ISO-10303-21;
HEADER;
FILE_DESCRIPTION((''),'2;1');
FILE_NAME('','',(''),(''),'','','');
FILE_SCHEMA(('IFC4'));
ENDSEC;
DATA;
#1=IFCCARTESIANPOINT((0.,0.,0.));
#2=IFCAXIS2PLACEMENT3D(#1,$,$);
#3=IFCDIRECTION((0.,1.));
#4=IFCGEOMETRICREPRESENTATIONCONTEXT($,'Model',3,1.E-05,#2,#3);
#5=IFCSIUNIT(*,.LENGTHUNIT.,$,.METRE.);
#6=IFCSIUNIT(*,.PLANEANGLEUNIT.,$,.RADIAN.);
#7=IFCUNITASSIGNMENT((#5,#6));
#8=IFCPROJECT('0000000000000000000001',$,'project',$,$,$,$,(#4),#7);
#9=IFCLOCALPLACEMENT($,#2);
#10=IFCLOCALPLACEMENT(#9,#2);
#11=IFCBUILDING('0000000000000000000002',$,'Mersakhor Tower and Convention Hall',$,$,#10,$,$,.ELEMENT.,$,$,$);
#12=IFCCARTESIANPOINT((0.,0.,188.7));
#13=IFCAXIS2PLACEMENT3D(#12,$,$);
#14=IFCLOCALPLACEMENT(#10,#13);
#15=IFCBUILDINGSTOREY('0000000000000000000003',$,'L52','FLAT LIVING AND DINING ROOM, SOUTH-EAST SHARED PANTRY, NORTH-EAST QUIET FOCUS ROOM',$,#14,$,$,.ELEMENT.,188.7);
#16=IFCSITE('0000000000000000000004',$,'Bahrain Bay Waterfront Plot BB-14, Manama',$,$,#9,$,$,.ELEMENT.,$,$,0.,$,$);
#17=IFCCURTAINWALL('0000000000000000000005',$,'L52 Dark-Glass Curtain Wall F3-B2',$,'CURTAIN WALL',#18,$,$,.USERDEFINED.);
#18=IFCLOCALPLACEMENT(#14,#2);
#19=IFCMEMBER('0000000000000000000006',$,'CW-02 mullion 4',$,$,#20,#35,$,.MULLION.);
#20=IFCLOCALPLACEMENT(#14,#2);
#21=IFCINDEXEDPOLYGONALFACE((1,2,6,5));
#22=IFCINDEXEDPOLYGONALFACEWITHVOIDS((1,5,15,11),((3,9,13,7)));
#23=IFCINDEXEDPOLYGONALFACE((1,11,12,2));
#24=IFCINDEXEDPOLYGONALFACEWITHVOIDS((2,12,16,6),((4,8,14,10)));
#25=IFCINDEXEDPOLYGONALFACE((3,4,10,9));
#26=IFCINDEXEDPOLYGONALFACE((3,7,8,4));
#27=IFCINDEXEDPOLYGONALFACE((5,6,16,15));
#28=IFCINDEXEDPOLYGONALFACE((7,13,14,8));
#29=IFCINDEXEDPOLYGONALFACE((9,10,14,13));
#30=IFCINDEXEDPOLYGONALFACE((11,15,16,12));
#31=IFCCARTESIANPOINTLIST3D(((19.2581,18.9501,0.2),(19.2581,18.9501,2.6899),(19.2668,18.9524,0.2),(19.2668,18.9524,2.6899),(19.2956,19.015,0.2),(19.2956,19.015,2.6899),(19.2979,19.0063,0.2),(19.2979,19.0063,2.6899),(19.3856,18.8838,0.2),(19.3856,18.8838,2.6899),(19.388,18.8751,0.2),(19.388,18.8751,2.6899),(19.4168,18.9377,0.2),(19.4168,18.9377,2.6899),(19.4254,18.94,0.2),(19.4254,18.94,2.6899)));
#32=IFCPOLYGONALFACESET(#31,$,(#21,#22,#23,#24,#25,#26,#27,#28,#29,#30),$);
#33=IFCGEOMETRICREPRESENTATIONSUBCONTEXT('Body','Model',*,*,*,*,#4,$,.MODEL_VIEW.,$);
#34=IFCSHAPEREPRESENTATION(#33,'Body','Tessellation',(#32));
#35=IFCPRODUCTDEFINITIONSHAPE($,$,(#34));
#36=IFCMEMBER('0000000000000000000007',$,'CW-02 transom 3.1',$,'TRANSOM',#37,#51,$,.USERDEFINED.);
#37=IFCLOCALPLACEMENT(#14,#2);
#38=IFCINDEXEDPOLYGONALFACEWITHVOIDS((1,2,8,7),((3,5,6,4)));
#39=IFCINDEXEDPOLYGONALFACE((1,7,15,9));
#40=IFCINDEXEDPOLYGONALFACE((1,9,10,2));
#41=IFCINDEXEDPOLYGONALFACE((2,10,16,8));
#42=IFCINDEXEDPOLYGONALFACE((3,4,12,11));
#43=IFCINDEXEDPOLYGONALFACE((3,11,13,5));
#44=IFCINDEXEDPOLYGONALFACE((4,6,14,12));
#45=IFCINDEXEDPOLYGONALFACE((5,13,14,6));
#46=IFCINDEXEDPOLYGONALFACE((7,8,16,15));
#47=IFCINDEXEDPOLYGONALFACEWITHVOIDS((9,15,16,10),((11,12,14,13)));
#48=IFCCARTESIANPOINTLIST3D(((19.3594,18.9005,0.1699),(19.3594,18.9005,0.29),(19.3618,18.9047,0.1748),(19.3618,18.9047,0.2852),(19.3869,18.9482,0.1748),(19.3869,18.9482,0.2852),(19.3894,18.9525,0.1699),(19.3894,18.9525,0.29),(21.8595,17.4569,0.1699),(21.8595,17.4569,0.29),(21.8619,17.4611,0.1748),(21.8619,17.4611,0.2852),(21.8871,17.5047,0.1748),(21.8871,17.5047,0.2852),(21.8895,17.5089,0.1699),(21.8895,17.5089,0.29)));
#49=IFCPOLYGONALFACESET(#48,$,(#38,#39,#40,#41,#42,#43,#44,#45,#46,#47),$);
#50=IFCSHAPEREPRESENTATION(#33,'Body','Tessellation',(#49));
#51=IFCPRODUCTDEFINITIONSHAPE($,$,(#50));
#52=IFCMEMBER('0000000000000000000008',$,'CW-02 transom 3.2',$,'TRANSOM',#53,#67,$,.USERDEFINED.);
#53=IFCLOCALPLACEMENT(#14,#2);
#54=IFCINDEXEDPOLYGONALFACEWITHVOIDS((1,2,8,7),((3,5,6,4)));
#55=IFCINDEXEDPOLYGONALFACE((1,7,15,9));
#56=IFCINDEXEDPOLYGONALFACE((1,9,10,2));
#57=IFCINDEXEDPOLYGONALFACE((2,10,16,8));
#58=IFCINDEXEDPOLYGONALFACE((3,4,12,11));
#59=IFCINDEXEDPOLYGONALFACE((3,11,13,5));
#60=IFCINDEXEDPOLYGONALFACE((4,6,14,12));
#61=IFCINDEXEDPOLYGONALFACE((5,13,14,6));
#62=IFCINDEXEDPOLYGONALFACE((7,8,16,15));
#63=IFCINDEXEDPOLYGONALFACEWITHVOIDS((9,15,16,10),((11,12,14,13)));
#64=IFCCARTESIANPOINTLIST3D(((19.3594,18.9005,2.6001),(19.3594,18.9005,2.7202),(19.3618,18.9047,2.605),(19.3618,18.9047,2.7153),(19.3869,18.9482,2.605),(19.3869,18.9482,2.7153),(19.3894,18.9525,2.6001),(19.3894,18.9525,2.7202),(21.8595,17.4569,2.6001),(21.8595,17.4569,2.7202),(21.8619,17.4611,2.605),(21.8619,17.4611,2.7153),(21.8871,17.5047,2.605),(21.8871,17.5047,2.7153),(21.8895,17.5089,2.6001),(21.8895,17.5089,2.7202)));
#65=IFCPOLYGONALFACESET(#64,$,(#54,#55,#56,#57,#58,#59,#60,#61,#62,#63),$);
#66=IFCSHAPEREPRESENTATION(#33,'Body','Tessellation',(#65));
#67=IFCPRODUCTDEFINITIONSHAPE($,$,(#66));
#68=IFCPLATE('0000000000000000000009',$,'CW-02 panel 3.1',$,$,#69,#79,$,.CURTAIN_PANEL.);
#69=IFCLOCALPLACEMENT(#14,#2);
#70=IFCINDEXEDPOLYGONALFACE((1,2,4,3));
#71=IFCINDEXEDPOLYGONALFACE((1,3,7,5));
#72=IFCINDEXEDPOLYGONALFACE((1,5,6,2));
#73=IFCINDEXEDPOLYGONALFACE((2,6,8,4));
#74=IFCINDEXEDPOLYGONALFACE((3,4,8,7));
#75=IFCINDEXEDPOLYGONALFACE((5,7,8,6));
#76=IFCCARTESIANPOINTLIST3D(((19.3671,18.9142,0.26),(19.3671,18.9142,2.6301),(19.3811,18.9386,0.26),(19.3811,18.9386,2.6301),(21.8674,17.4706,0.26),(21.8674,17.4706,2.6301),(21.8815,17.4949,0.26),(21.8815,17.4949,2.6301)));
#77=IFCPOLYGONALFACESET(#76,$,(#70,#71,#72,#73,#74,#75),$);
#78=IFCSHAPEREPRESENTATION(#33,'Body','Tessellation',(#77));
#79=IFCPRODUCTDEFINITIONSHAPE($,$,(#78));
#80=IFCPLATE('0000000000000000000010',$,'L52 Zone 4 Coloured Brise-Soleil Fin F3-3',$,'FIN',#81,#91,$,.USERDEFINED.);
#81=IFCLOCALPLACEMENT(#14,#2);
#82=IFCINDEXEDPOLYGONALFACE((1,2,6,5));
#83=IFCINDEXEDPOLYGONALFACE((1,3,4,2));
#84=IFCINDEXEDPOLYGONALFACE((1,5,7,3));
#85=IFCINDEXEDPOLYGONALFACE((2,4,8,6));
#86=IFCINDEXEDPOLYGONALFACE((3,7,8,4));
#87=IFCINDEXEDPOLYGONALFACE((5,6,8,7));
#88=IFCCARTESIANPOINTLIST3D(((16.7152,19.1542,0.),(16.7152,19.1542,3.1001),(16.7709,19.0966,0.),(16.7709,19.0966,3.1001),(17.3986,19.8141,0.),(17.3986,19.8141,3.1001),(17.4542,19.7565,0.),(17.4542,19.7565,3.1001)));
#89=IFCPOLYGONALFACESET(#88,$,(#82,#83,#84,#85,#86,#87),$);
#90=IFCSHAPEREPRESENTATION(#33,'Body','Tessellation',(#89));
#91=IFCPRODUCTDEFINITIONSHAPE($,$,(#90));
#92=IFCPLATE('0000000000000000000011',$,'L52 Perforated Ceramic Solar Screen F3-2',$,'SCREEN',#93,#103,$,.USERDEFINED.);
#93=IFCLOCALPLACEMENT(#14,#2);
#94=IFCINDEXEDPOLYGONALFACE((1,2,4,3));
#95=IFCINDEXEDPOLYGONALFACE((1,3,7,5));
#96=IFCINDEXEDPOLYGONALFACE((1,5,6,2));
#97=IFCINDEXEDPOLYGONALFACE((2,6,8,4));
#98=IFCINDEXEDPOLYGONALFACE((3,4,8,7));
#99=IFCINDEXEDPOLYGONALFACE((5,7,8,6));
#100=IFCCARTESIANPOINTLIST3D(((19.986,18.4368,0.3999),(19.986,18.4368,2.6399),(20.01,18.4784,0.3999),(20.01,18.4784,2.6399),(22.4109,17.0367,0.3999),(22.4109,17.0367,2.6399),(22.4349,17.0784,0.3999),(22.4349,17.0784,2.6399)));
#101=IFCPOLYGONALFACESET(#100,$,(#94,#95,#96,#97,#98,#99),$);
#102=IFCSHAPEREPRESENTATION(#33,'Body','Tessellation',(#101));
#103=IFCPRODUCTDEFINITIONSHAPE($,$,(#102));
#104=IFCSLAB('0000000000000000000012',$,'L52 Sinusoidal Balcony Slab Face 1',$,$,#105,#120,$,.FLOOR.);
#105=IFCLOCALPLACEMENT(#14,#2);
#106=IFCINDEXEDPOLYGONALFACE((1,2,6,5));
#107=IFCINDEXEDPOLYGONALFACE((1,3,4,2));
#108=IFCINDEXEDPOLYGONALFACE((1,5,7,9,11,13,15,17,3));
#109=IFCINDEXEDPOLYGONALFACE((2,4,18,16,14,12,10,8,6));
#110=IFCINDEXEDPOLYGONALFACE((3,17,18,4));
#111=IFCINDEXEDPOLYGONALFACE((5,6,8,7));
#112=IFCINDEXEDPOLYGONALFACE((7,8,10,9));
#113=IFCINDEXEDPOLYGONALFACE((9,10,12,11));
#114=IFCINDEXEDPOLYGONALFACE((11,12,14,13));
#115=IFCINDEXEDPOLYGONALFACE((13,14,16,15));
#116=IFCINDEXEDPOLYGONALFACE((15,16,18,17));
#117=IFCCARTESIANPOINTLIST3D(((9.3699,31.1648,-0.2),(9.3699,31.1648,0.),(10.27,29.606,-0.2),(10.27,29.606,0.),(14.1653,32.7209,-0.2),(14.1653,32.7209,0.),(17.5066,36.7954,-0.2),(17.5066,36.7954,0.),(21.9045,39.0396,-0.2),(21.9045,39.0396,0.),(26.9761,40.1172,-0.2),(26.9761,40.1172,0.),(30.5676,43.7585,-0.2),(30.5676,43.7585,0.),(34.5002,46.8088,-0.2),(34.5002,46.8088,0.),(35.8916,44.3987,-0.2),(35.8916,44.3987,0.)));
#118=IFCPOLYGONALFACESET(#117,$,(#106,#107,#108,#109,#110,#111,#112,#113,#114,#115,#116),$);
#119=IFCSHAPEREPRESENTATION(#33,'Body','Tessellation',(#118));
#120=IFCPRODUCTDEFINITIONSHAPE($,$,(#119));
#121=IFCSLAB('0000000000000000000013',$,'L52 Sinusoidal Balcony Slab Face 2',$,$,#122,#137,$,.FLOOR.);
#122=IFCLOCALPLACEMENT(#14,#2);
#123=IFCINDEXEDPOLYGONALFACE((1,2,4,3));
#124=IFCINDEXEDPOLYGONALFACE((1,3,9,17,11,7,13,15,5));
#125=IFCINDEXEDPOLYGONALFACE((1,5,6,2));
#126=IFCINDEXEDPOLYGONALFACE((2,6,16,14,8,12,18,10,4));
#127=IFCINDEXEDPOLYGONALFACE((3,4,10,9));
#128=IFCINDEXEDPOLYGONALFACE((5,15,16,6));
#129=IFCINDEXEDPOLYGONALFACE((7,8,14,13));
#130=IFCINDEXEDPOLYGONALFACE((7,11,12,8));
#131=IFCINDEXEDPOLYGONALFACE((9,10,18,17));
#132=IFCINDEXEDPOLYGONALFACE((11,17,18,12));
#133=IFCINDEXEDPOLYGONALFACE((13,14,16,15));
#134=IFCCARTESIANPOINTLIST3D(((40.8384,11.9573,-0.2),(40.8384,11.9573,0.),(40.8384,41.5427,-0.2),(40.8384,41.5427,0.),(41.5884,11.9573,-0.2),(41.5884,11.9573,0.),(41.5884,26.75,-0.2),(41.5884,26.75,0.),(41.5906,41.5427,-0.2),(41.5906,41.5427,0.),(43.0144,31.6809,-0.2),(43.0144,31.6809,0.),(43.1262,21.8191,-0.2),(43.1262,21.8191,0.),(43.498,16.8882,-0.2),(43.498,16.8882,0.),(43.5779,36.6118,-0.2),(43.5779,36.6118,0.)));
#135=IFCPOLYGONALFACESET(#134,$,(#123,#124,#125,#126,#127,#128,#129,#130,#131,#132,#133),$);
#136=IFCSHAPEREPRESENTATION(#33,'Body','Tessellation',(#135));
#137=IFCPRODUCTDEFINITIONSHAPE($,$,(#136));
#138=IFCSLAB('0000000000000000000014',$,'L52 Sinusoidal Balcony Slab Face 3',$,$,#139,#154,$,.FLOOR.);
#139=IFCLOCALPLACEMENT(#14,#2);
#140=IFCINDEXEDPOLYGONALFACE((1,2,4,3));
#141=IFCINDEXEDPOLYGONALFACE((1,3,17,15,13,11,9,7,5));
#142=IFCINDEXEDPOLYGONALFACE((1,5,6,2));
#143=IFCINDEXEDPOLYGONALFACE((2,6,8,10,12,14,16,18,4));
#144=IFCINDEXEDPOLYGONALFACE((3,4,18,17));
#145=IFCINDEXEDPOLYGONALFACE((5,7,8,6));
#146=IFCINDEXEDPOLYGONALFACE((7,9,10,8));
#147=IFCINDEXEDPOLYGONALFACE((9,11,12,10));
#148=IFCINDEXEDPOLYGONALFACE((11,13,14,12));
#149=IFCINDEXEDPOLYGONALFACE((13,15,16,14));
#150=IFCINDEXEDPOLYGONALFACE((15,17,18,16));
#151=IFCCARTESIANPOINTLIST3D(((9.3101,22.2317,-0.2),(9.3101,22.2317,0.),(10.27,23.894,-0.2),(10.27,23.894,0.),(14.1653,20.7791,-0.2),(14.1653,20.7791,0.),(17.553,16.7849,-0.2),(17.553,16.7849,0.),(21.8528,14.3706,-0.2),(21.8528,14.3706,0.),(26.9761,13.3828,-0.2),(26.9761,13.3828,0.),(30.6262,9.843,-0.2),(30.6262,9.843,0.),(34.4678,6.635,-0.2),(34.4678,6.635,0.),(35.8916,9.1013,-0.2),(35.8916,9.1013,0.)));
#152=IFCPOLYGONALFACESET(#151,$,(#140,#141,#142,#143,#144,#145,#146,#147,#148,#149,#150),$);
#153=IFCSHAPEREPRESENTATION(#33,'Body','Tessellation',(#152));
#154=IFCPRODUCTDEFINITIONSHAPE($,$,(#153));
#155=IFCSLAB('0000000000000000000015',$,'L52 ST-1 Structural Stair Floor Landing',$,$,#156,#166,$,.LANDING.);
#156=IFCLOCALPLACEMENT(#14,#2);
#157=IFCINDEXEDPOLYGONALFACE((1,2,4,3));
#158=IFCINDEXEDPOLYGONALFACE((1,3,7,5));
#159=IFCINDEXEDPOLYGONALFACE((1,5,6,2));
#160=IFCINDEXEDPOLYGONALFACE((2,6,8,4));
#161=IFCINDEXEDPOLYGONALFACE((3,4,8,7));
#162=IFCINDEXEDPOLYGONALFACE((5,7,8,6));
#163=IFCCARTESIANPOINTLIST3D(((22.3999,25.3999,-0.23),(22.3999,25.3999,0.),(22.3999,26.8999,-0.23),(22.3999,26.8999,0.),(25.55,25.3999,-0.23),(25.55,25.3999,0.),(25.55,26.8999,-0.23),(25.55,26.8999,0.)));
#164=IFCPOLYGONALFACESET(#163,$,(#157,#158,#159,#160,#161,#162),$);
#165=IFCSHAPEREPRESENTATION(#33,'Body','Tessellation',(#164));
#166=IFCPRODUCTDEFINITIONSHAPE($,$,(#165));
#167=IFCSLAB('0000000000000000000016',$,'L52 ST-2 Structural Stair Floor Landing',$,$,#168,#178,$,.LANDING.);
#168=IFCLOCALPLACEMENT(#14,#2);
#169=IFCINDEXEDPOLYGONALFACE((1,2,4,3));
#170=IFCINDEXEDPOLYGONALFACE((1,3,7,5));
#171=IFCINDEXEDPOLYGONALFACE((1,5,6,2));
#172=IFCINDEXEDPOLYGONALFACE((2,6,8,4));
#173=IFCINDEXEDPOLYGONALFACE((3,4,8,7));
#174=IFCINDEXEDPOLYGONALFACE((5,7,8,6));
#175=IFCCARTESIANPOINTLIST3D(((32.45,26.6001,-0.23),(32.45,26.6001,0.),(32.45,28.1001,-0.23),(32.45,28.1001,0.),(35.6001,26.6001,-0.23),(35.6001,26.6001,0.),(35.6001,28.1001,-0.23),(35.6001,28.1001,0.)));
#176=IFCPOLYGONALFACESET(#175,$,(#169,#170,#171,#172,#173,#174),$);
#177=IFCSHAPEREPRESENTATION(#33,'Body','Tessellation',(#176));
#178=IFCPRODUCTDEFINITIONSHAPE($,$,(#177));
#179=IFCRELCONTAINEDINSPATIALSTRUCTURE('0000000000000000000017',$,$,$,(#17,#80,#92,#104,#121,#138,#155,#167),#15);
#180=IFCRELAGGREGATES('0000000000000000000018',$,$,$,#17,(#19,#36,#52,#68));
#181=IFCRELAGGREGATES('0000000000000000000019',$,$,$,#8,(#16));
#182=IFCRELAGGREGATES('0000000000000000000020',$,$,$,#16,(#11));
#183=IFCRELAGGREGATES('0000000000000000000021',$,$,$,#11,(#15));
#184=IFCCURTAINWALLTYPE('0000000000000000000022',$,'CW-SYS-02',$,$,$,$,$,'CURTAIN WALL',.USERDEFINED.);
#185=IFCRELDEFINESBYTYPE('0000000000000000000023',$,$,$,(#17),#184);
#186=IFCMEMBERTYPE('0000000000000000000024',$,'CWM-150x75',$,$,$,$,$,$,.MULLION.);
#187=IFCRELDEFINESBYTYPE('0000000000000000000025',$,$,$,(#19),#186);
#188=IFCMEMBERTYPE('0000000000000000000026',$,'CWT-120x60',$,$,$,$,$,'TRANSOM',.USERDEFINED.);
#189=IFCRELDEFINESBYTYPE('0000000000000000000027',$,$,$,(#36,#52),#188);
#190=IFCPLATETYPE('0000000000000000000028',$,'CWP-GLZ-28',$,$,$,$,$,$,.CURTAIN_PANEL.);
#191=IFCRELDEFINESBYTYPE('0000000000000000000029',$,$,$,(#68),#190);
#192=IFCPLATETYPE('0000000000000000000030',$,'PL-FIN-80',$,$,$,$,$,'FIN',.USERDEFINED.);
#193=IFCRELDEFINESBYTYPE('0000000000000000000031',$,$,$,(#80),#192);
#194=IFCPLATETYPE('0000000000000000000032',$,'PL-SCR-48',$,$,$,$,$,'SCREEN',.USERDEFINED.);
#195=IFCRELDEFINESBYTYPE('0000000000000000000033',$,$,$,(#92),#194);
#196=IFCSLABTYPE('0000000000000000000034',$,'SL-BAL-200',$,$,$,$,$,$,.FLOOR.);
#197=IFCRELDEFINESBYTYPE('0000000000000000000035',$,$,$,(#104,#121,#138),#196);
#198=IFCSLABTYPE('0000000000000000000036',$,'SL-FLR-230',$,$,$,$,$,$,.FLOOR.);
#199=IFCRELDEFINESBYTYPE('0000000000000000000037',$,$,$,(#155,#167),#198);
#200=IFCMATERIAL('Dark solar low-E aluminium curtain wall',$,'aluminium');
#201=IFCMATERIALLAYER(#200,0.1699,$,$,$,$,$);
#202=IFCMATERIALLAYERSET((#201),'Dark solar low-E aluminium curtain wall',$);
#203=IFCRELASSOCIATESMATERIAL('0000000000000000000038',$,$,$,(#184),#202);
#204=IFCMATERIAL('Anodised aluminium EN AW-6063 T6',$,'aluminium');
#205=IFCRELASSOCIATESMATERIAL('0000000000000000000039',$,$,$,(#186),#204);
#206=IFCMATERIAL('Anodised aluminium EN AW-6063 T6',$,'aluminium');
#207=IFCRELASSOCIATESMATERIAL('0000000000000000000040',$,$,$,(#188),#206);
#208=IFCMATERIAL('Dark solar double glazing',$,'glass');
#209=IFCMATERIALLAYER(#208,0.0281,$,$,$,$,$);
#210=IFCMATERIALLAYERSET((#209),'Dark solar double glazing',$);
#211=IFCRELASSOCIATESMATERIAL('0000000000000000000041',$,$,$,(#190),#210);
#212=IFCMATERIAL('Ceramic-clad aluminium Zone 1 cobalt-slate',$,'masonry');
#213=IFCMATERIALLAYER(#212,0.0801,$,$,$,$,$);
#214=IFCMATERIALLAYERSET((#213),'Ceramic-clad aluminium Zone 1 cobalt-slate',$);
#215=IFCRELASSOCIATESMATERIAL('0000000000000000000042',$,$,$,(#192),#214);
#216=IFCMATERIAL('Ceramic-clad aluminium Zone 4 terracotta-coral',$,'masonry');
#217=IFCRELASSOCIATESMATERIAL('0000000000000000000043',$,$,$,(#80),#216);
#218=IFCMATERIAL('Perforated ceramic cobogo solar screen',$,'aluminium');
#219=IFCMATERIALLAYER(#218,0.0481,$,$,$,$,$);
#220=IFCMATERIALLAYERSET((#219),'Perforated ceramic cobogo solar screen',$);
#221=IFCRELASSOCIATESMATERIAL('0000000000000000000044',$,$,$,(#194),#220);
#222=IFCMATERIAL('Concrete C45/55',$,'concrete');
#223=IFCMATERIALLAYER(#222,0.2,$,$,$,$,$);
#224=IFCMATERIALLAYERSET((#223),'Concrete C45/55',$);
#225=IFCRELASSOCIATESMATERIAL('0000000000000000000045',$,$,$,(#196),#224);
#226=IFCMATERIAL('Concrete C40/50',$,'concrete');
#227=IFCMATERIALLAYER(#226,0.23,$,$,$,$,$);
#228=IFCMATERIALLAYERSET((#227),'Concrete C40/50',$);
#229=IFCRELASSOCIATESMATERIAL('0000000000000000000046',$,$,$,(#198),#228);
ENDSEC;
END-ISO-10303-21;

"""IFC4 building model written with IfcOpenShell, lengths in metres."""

from ifc_helpers import new_model, si_unit, direction, frame, origin, origin_2d, place, context, subcontext, project, spatial, polyline, rectangle, hollow_rectangle, outline, extrude, material, layer, layer_set, material_profile, profile_set, type_object, element, aggregate, save


model = new_model("IFC4")

# Units and contexts
model_context = context("Model", 3, precision=1e-05, world=origin(), true_north=direction((0.0, 1.0)))
body_context = subcontext(model_context, "Body", "Model", "MODEL_VIEW")
ifc_project = project(units=[si_unit("LENGTHUNIT", "METRE"), si_unit("PLANEANGLEUNIT", "RADIAN")], contexts=[model_context])

# Site, building, storey
site_placement = place(None, origin())
site = spatial("IfcSite", under=ifc_project, at=site_placement, Name="Bahrain Bay Waterfront Plot BB-14, Manama", CompositionType="ELEMENT", RefElevation=0.0)
building_placement = place(site_placement, origin())
building = spatial("IfcBuilding", under=site, at=building_placement, Name="Mersakhor Tower and Convention Hall", CompositionType="ELEMENT")
storey_placement = place(building_placement, frame((0.0, 0.0, 188.7)))
storey = spatial("IfcBuildingStorey", under=building, at=storey_placement, Name="L52", Description="FLAT LIVING AND DINING ROOM, SOUTH-EAST SHARED PANTRY, NORTH-EAST QUIET FOCUS ROOM", CompositionType="ELEMENT", Elevation=188.7)

# Curtain wall, members, plate
ifc_material_1 = material(Name="Dark solar low-E aluminium curtain wall", Category="aluminium")
ifc_layer_1 = layer(ifc_material_1, 0.1699)
ifc_layer_set_1 = layer_set([ifc_layer_1], Name="Dark solar low-E aluminium curtain wall")
curtain_wall_type = type_object("IfcCurtainWallType", Name="CW-SYS-02", ElementType="CURTAIN WALL", PredefinedType="USERDEFINED", material=ifc_layer_set_1)
curtain_wall_placement = place(storey_placement, origin())
curtain_wall = element("IfcCurtainWall", 1, at=curtain_wall_placement, inside=storey, type_object=curtain_wall_type, Name="L52 Dark-Glass Curtain Wall F3-B2", ObjectType="CURTAIN WALL", PredefinedType="USERDEFINED")
ifc_material_2 = material(Name="Anodised aluminium EN AW-6063 T6", Category="aluminium")
ifc_material_profile_1 = material_profile(ifc_material_2, hollow_rectangle(XDim=0.075, YDim=0.1499, WallThickness=0.0063, at=origin_2d()), Name="RHS 150x75x6.3")
ifc_profile_set_1 = profile_set([ifc_material_profile_1], Name="Anodised aluminium EN AW-6063 T6")
member_type_1 = type_object("IfcMemberType", Name="CWM-150x75", PredefinedType="MULLION", material=ifc_profile_set_1)
member_1_placement = place(storey_placement, frame((19.3418, 18.9451, 0.2), z_axis=(0.0, 0.0, 1.0), x_axis=(-0.500008, -0.866021, 0.0)))
member_1 = element("IfcMember", 2, at=member_1_placement, type_object=member_type_1, Name="CW-02 mullion 4", PredefinedType="MULLION", context=body_context, shape_type="SweptSolid", body=[
    extrude(hollow_rectangle(XDim=0.075, YDim=0.1499, WallThickness=0.0063, at=origin_2d()), origin(), (0.0, 0.0, 1.0), 2.49),
])
ifc_material_3 = material(Name="Anodised aluminium EN AW-6063 T6", Category="aluminium")
ifc_material_profile_2 = material_profile(ifc_material_3, hollow_rectangle(XDim=0.0601, YDim=0.1201, WallThickness=0.0049, at=origin_2d()), Name="RHS 120x60x5")
ifc_profile_set_2 = profile_set([ifc_material_profile_2], Name="Anodised aluminium EN AW-6063 T6")
member_type_2 = type_object("IfcMemberType", Name="CWT-120x60", ElementType="TRANSOM", PredefinedType="USERDEFINED", material=ifc_profile_set_2)
member_2_placement = place(storey_placement, frame((21.8745, 17.4829, 0.23), z_axis=(-0.866012, 0.500023, 0.0), x_axis=(-0.500023, -0.866012, 0.0)))
member_2 = element("IfcMember", 3, at=member_2_placement, type_object=member_type_2, Name="CW-02 transom 3.1", ObjectType="TRANSOM", PredefinedType="USERDEFINED", context=body_context, shape_type="SweptSolid", body=[
    extrude(hollow_rectangle(XDim=0.0601, YDim=0.1201, WallThickness=0.0049, at=origin_2d()), origin(), (0.0, 0.0, 1.0), 2.887),
])
member_3_placement = place(storey_placement, frame((21.8745, 17.4829, 2.6602), z_axis=(-0.866012, 0.500023, 0.0), x_axis=(-0.500023, -0.866012, 0.0)))
member_3 = element("IfcMember", 4, at=member_3_placement, type_object=member_type_2, Name="CW-02 transom 3.2", ObjectType="TRANSOM", PredefinedType="USERDEFINED", context=body_context, shape_type="SweptSolid", body=[
    extrude(hollow_rectangle(XDim=0.0601, YDim=0.1201, WallThickness=0.0049, at=origin_2d()), origin(), (0.0, 0.0, 1.0), 2.887),
])
ifc_material_4 = material(Name="Dark solar double glazing", Category="glass")
ifc_layer_2 = layer(ifc_material_4, 0.0281)
ifc_layer_set_2 = layer_set([ifc_layer_2], Name="Dark solar double glazing")
plate_type_1 = type_object("IfcPlateType", Name="CWP-GLZ-28", PredefinedType="CURTAIN_PANEL", material=ifc_layer_set_2)
plate_1_placement = place(storey_placement, frame((20.6243, 18.2046, 0.26), z_axis=(0.0, 0.0, 1.0), x_axis=(-0.866021, 0.500008, 0.0)))
plate_1 = element("IfcPlate", 5, at=plate_1_placement, type_object=plate_type_1, Name="CW-02 panel 3.1", PredefinedType="CURTAIN_PANEL", context=body_context, shape_type="SweptSolid", body=[
    extrude(rectangle(XDim=2.8872, YDim=0.0281, at=origin_2d()), origin(), (0.0, 0.0, 1.0), 2.3701),
])
aggregate(curtain_wall, [member_1, member_2, member_3, plate_1])

# Plates
ifc_material_5 = material(Name="Ceramic-clad aluminium Zone 4 terracotta-coral", Category="masonry")
ifc_material_6 = material(Name="Ceramic-clad aluminium Zone 1 cobalt-slate", Category="masonry")
ifc_layer_3 = layer(ifc_material_6, 0.0801)
ifc_layer_set_3 = layer_set([ifc_layer_3], Name="Ceramic-clad aluminium Zone 1 cobalt-slate")
plate_type_2 = type_object("IfcPlateType", Name="PL-FIN-80", ElementType="FIN", PredefinedType="USERDEFINED", material=ifc_layer_set_3)
plate_2_placement = place(storey_placement, frame((17.0847, 19.4553, 0.0), z_axis=(0.0, 0.0, 1.0), x_axis=(-0.71934, -0.694658, 0.0)))
element("IfcPlate", 6, at=plate_2_placement, inside=storey, type_object=plate_type_2, material=ifc_material_5, Name="L52 Zone 4 Coloured Brise-Soleil Fin F3-3", ObjectType="FIN", PredefinedType="USERDEFINED", context=body_context, shape_type="SweptSolid", body=[
    extrude(rectangle(XDim=0.95, YDim=0.0801, at=origin_2d()), origin(), (0.0, 0.0, 1.0), 3.1001),
])
ifc_material_7 = material(Name="Perforated ceramic cobogo solar screen", Category="aluminium")
ifc_layer_4 = layer(ifc_material_7, 0.0481)
ifc_layer_set_4 = layer_set([ifc_layer_4], Name="Perforated ceramic cobogo solar screen")
plate_type_3 = type_object("IfcPlateType", Name="PL-SCR-48", ElementType="SCREEN", PredefinedType="USERDEFINED", material=ifc_layer_set_4)
plate_3_placement = place(storey_placement, frame((21.2104, 17.7576, 0.3999), z_axis=(0.0, 0.0, 1.0), x_axis=(-0.866025, 0.5, 0.0)))
element("IfcPlate", 7, at=plate_3_placement, inside=storey, type_object=plate_type_3, Name="L52 Perforated Ceramic Solar Screen F3-2", ObjectType="SCREEN", PredefinedType="USERDEFINED", context=body_context, shape_type="SweptSolid", body=[
    extrude(rectangle(XDim=2.8, YDim=0.0481, at=origin_2d()), origin(), (0.0, 0.0, 1.0), 2.24),
])

# Slabs
ifc_material_8 = material(Name="Concrete C45/55", Category="concrete")
ifc_layer_5 = layer(ifc_material_8, 0.2)
ifc_layer_set_5 = layer_set([ifc_layer_5], Name="Concrete C45/55")
slab_type_1 = type_object("IfcSlabType", Name="SL-BAL-200", PredefinedType="FLOOR", material=ifc_layer_set_5)
slab_1_placement = place(storey_placement, frame((0.0, 0.0, -0.2)))
element("IfcSlab", 8, at=slab_1_placement, inside=storey, type_object=slab_type_1, Name="L52 Sinusoidal Balcony Slab Face 1", PredefinedType="FLOOR", context=body_context, shape_type="SweptSolid", body=[
    extrude(outline(polyline([(10.27, 29.606), (35.8916, 44.3987), (34.5002, 46.8088), (30.5676, 43.7585), (26.9761, 40.1172), (21.9045, 39.0396), (17.5066, 36.7954), (14.1653, 32.7209), (9.3699, 31.1648), (10.27, 29.606)])), origin(), (0.0, 0.0, 1.0), 0.2),
])
slab_2_placement = place(storey_placement, frame((0.0, 0.0, -0.2)))
element("IfcSlab", 9, at=slab_2_placement, inside=storey, type_object=slab_type_1, Name="L52 Sinusoidal Balcony Slab Face 2", PredefinedType="FLOOR", context=body_context, shape_type="SweptSolid", body=[
    extrude(outline(polyline([(40.8384, 41.5427), (40.8384, 11.9573), (41.5884, 11.9573), (43.498, 16.8882), (43.1262, 21.8191), (41.5884, 26.75), (43.0144, 31.6809), (43.5779, 36.6118), (41.5906, 41.5427), (40.8384, 41.5427)])), origin(), (0.0, 0.0, 1.0), 0.2),
])
slab_3_placement = place(storey_placement, frame((0.0, 0.0, -0.2)))
element("IfcSlab", 10, at=slab_3_placement, inside=storey, type_object=slab_type_1, Name="L52 Sinusoidal Balcony Slab Face 3", PredefinedType="FLOOR", context=body_context, shape_type="SweptSolid", body=[
    extrude(outline(polyline([(35.8916, 9.1013), (10.27, 23.894), (9.3101, 22.2317), (14.1653, 20.7791), (17.553, 16.7849), (21.8528, 14.3706), (26.9761, 13.3828), (30.6262, 9.843), (34.4678, 6.635), (35.8916, 9.1013)])), origin(), (0.0, 0.0, 1.0), 0.2),
])
ifc_material_9 = material(Name="Concrete C40/50", Category="concrete")
ifc_layer_6 = layer(ifc_material_9, 0.23)
ifc_layer_set_6 = layer_set([ifc_layer_6], Name="Concrete C40/50")
slab_type_2 = type_object("IfcSlabType", Name="SL-FLR-230", PredefinedType="FLOOR", material=ifc_layer_set_6)
slab_4_placement = place(storey_placement, frame((0.0, 0.0, -0.23)))
element("IfcSlab", 11, at=slab_4_placement, inside=storey, type_object=slab_type_2, Name="L52 ST-1 Structural Stair Floor Landing", PredefinedType="LANDING", context=body_context, shape_type="SweptSolid", body=[
    extrude(outline(polyline([(25.55, 25.3999), (25.55, 26.8999), (22.3999, 26.8999), (22.3999, 25.3999), (25.55, 25.3999)])), origin(), (0.0, 0.0, 1.0), 0.23),
])
slab_5_placement = place(storey_placement, frame((0.0, 0.0, -0.23)))
element("IfcSlab", 12, at=slab_5_placement, inside=storey, type_object=slab_type_2, Name="L52 ST-2 Structural Stair Floor Landing", PredefinedType="LANDING", context=body_context, shape_type="SweptSolid", body=[
    extrude(outline(polyline([(32.45, 28.1001), (32.45, 26.6001), (35.6001, 26.6001), (35.6001, 28.1001), (32.45, 28.1001)])), origin(), (0.0, 0.0, 1.0), 0.23),
])

save(model, "model.ifc")
